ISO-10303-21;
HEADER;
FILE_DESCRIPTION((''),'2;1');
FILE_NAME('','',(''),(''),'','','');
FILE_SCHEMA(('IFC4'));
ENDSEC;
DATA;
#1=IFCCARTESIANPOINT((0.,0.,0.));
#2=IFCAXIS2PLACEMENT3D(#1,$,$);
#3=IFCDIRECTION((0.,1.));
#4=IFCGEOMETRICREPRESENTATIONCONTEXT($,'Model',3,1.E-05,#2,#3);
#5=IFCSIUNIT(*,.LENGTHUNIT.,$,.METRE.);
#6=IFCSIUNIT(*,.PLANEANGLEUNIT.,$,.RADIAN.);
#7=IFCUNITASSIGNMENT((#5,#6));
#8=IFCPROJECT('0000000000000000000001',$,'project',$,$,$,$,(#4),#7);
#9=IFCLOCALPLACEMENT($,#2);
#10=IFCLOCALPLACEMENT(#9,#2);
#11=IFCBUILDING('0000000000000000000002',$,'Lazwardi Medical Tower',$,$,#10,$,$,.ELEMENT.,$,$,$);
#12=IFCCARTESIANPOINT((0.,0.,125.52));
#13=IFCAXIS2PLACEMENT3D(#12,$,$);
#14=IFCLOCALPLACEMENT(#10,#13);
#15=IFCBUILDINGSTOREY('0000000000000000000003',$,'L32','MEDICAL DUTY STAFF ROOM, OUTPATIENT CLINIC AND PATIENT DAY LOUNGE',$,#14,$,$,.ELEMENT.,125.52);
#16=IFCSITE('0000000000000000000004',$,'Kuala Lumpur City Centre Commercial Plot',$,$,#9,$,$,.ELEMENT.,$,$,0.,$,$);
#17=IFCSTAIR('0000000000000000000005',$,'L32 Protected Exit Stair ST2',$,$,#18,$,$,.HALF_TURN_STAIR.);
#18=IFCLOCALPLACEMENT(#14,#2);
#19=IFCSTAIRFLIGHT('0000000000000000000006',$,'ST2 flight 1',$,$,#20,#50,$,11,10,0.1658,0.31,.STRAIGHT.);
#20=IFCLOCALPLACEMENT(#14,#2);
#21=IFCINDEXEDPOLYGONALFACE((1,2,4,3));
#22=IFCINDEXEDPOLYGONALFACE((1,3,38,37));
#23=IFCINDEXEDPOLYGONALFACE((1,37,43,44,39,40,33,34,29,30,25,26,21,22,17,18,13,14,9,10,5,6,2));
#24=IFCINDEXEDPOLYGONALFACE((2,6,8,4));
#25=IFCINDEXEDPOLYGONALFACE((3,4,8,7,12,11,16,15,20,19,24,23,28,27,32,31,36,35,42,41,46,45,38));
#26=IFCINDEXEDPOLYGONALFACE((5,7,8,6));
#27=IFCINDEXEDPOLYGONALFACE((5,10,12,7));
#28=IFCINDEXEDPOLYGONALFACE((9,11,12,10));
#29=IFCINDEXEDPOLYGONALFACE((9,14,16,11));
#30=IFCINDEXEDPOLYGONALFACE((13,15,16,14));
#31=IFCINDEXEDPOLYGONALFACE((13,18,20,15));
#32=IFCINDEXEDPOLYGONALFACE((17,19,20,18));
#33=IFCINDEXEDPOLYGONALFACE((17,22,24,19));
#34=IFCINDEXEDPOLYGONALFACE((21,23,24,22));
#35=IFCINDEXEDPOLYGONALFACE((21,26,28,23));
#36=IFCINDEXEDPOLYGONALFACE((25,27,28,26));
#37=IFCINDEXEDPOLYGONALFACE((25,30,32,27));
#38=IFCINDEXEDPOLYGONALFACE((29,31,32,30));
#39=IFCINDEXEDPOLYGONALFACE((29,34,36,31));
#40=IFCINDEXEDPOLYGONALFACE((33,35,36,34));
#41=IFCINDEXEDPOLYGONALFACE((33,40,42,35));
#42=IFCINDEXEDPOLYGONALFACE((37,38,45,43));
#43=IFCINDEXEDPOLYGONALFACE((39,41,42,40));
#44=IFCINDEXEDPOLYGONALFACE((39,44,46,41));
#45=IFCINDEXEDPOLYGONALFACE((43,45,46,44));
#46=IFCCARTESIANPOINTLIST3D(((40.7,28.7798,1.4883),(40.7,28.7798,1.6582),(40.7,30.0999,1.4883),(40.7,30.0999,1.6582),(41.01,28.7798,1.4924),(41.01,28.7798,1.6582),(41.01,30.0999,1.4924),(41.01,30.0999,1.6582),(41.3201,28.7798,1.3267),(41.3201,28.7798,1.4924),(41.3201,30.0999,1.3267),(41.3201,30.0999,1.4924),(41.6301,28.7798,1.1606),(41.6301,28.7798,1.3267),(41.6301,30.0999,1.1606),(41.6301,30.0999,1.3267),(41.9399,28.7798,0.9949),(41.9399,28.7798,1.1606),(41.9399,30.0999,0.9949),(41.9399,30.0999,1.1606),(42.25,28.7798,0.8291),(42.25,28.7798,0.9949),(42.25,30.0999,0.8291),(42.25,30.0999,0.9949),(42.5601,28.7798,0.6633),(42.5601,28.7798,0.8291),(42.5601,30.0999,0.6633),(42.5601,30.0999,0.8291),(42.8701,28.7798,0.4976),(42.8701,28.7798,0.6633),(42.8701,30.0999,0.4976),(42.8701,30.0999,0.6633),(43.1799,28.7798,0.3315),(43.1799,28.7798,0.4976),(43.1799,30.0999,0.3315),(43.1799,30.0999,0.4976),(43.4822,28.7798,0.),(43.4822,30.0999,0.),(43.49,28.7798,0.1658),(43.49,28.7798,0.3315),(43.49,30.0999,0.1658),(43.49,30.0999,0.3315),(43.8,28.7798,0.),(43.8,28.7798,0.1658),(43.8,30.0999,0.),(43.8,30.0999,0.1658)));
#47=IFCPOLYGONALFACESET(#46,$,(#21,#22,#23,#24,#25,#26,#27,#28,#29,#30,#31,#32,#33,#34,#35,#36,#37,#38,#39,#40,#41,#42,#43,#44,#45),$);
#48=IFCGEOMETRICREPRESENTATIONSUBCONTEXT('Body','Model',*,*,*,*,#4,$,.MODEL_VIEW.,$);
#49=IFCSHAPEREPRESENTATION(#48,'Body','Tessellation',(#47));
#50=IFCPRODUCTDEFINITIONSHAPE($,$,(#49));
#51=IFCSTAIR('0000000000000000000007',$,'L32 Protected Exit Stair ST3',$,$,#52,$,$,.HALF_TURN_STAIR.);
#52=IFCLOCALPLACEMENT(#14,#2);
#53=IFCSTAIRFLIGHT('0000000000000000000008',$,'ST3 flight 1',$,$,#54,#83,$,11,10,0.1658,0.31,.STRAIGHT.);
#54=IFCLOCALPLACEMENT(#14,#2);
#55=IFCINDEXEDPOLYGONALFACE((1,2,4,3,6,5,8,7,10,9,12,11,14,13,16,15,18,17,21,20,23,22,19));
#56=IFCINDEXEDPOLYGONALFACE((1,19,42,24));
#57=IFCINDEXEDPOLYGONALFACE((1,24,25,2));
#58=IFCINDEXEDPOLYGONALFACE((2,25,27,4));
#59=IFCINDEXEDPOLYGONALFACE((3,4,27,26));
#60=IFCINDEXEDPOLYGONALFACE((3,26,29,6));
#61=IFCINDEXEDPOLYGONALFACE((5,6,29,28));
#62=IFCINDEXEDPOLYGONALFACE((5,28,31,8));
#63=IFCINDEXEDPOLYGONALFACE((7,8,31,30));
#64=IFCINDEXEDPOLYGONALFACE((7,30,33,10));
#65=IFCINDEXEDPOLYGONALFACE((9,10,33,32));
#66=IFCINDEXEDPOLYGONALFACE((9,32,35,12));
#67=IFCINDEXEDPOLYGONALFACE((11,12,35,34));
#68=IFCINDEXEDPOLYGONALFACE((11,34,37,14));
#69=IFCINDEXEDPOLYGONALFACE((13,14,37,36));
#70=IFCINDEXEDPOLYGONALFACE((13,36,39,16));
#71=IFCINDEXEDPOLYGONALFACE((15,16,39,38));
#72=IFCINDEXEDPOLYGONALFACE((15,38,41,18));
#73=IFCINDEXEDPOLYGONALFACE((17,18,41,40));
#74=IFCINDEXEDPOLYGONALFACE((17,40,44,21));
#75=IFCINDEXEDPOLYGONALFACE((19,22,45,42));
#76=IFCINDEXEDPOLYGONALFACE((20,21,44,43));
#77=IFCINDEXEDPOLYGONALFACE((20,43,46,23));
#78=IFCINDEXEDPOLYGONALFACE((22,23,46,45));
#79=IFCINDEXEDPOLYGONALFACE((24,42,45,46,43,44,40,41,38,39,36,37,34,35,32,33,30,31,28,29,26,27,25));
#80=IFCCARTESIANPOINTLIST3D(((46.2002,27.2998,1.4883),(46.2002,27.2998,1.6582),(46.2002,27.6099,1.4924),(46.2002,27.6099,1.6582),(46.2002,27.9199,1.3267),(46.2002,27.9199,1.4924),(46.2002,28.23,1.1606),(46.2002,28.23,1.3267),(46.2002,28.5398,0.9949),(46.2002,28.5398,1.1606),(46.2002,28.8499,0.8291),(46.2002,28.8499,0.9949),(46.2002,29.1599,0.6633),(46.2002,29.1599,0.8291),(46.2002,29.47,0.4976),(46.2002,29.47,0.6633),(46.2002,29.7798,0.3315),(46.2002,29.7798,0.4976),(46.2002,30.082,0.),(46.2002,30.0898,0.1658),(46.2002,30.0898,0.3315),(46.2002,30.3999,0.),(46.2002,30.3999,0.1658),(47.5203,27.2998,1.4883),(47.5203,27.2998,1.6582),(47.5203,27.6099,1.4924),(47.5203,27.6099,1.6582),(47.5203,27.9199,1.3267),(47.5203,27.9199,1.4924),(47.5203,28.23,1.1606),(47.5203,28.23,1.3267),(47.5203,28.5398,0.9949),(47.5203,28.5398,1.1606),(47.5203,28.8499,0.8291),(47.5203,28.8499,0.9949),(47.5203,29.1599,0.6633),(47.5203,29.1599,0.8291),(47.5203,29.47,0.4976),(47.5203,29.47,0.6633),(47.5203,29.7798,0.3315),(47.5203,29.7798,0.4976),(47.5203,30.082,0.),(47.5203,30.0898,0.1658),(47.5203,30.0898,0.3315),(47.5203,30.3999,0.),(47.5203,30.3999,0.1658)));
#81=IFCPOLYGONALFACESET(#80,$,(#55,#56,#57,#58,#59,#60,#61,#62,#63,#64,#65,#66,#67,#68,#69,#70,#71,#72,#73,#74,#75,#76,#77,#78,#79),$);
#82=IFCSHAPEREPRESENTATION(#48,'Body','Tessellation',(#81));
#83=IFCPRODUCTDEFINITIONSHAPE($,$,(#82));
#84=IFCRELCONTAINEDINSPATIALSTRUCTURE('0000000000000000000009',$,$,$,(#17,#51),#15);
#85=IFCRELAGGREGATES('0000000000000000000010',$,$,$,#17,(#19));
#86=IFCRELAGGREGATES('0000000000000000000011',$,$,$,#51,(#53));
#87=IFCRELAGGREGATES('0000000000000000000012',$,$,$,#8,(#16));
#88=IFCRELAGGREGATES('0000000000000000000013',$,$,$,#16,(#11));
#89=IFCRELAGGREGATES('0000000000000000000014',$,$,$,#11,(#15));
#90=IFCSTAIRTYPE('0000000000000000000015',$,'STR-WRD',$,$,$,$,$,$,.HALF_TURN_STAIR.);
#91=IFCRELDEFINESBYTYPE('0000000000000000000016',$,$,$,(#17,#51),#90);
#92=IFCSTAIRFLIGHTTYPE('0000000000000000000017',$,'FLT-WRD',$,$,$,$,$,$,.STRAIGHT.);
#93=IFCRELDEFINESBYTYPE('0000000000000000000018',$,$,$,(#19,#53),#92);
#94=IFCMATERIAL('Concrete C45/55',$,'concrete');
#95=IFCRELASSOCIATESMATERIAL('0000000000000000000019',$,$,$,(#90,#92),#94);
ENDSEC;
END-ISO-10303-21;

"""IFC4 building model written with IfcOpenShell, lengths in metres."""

from ifc_helpers import new_model, si_unit, direction, frame, origin, place, context, subcontext, project, spatial, polyline, outline, extrude, material, type_object, element, aggregate, save


model = new_model("IFC4")

# Units and contexts
model_context = context("Model", 3, precision=1e-05, world=origin(), true_north=direction((0.0, 1.0)))
body_context = subcontext(model_context, "Body", "Model", "MODEL_VIEW")
ifc_project = project(units=[si_unit("LENGTHUNIT", "METRE"), si_unit("PLANEANGLEUNIT", "RADIAN")], contexts=[model_context])

# Site, building, storey
site_placement = place(None, origin())
site = spatial("IfcSite", under=ifc_project, at=site_placement, Name="Kuala Lumpur City Centre Commercial Plot", CompositionType="ELEMENT", RefElevation=0.0)
building_placement = place(site_placement, origin())
building = spatial("IfcBuilding", under=site, at=building_placement, Name="Lazwardi Medical Tower", CompositionType="ELEMENT")
storey_placement = place(building_placement, frame((0.0, 0.0, 125.52)))
storey = spatial("IfcBuildingStorey", under=building, at=storey_placement, Name="L32", Description="MEDICAL DUTY STAFF ROOM, OUTPATIENT CLINIC AND PATIENT DAY LOUNGE", CompositionType="ELEMENT", Elevation=125.52)

# Stairs, stair flights
ifc_material_1 = material(Name="Concrete C45/55", Category="concrete")
stair_type = type_object("IfcStairType", Name="STR-WRD", PredefinedType="HALF_TURN_STAIR", material=ifc_material_1)
stair_1_placement = place(storey_placement, origin())
stair_1 = element("IfcStair", 1, at=stair_1_placement, inside=storey, type_object=stair_type, Name="L32 Protected Exit Stair ST2", PredefinedType="HALF_TURN_STAIR")
stair_flight_type = type_object("IfcStairFlightType", Name="FLT-WRD", PredefinedType="STRAIGHT", material=ifc_material_1)
stair_flight_1_placement = place(storey_placement, frame((43.8, 29.4399, 0.0), z_axis=(0.0, 0.0, 1.0), x_axis=(-1.0, 0.0, 0.0)))
stair_flight_1 = element("IfcStairFlight", 2, at=stair_flight_1_placement, type_object=stair_flight_type, Name="ST2 flight 1", NumberOfRisers=11, NumberOfTreads=10, PredefinedType="STRAIGHT", RiserHeight=0.1658, TreadLength=0.31, context=body_context, shape_type="SweptSolid", body=[
    extrude(outline(polyline([(0.0, 0.0), (0.0, 0.1658), (0.3101, 0.1658), (0.3101, 0.3315), (0.6201, 0.3315), (0.6201, 0.4976), (0.9299, 0.4976), (0.9299, 0.6633), (1.24, 0.6633), (1.24, 0.8291), (1.55, 0.8291), (1.55, 0.9949), (1.8601, 0.9949), (1.8601, 1.1606), (2.1699, 1.1606), (2.1699, 1.3267), (2.48, 1.3267), (2.48, 1.4924), (2.79, 1.4924), (2.79, 1.6582), (3.1001, 1.6582), (3.1001, 1.824), (3.1001, 1.4883), (0.3179, 0.0), (0.0, 0.0)])), frame((0.0, 0.6602, 0.0), z_axis=(0.0, -1.0, 0.0), x_axis=(1.0, 0.0, 0.0)), (0.0, 0.0, 1.0), 1.3201),
])
aggregate(stair_1, [stair_flight_1])
stair_2_placement = place(storey_placement, origin())
stair_2 = element("IfcStair", 3, at=stair_2_placement, inside=storey, type_object=stair_type, Name="L32 Protected Exit Stair ST3", PredefinedType="HALF_TURN_STAIR")
stair_flight_2_placement = place(storey_placement, frame((46.8601, 30.3999, 0.0), z_axis=(0.0, 0.0, 1.0), x_axis=(0.0, -1.0, 0.0)))
stair_flight_2 = element("IfcStairFlight", 4, at=stair_flight_2_placement, type_object=stair_flight_type, Name="ST3 flight 1", NumberOfRisers=11, NumberOfTreads=10, PredefinedType="STRAIGHT", RiserHeight=0.1658, TreadLength=0.31, context=body_context, shape_type="SweptSolid", body=[
    extrude(outline(polyline([(0.0, 0.0), (0.0, 0.1658), (0.3101, 0.1658), (0.3101, 0.3315), (0.6201, 0.3315), (0.6201, 0.4976), (0.9299, 0.4976), (0.9299, 0.6633), (1.24, 0.6633), (1.24, 0.8291), (1.55, 0.8291), (1.55, 0.9949), (1.8601, 0.9949), (1.8601, 1.1606), (2.1699, 1.1606), (2.1699, 1.3267), (2.48, 1.3267), (2.48, 1.4924), (2.79, 1.4924), (2.79, 1.6582), (3.1001, 1.6582), (3.1001, 1.824), (3.1001, 1.4883), (0.3179, 0.0), (0.0, 0.0)])), frame((0.0, 0.6602, 0.0), z_axis=(0.0, -1.0, 0.0), x_axis=(1.0, 0.0, 0.0)), (0.0, 0.0, 1.0), 1.3201),
])
aggregate(stair_2, [stair_flight_2])

save(model, "model.ifc")
